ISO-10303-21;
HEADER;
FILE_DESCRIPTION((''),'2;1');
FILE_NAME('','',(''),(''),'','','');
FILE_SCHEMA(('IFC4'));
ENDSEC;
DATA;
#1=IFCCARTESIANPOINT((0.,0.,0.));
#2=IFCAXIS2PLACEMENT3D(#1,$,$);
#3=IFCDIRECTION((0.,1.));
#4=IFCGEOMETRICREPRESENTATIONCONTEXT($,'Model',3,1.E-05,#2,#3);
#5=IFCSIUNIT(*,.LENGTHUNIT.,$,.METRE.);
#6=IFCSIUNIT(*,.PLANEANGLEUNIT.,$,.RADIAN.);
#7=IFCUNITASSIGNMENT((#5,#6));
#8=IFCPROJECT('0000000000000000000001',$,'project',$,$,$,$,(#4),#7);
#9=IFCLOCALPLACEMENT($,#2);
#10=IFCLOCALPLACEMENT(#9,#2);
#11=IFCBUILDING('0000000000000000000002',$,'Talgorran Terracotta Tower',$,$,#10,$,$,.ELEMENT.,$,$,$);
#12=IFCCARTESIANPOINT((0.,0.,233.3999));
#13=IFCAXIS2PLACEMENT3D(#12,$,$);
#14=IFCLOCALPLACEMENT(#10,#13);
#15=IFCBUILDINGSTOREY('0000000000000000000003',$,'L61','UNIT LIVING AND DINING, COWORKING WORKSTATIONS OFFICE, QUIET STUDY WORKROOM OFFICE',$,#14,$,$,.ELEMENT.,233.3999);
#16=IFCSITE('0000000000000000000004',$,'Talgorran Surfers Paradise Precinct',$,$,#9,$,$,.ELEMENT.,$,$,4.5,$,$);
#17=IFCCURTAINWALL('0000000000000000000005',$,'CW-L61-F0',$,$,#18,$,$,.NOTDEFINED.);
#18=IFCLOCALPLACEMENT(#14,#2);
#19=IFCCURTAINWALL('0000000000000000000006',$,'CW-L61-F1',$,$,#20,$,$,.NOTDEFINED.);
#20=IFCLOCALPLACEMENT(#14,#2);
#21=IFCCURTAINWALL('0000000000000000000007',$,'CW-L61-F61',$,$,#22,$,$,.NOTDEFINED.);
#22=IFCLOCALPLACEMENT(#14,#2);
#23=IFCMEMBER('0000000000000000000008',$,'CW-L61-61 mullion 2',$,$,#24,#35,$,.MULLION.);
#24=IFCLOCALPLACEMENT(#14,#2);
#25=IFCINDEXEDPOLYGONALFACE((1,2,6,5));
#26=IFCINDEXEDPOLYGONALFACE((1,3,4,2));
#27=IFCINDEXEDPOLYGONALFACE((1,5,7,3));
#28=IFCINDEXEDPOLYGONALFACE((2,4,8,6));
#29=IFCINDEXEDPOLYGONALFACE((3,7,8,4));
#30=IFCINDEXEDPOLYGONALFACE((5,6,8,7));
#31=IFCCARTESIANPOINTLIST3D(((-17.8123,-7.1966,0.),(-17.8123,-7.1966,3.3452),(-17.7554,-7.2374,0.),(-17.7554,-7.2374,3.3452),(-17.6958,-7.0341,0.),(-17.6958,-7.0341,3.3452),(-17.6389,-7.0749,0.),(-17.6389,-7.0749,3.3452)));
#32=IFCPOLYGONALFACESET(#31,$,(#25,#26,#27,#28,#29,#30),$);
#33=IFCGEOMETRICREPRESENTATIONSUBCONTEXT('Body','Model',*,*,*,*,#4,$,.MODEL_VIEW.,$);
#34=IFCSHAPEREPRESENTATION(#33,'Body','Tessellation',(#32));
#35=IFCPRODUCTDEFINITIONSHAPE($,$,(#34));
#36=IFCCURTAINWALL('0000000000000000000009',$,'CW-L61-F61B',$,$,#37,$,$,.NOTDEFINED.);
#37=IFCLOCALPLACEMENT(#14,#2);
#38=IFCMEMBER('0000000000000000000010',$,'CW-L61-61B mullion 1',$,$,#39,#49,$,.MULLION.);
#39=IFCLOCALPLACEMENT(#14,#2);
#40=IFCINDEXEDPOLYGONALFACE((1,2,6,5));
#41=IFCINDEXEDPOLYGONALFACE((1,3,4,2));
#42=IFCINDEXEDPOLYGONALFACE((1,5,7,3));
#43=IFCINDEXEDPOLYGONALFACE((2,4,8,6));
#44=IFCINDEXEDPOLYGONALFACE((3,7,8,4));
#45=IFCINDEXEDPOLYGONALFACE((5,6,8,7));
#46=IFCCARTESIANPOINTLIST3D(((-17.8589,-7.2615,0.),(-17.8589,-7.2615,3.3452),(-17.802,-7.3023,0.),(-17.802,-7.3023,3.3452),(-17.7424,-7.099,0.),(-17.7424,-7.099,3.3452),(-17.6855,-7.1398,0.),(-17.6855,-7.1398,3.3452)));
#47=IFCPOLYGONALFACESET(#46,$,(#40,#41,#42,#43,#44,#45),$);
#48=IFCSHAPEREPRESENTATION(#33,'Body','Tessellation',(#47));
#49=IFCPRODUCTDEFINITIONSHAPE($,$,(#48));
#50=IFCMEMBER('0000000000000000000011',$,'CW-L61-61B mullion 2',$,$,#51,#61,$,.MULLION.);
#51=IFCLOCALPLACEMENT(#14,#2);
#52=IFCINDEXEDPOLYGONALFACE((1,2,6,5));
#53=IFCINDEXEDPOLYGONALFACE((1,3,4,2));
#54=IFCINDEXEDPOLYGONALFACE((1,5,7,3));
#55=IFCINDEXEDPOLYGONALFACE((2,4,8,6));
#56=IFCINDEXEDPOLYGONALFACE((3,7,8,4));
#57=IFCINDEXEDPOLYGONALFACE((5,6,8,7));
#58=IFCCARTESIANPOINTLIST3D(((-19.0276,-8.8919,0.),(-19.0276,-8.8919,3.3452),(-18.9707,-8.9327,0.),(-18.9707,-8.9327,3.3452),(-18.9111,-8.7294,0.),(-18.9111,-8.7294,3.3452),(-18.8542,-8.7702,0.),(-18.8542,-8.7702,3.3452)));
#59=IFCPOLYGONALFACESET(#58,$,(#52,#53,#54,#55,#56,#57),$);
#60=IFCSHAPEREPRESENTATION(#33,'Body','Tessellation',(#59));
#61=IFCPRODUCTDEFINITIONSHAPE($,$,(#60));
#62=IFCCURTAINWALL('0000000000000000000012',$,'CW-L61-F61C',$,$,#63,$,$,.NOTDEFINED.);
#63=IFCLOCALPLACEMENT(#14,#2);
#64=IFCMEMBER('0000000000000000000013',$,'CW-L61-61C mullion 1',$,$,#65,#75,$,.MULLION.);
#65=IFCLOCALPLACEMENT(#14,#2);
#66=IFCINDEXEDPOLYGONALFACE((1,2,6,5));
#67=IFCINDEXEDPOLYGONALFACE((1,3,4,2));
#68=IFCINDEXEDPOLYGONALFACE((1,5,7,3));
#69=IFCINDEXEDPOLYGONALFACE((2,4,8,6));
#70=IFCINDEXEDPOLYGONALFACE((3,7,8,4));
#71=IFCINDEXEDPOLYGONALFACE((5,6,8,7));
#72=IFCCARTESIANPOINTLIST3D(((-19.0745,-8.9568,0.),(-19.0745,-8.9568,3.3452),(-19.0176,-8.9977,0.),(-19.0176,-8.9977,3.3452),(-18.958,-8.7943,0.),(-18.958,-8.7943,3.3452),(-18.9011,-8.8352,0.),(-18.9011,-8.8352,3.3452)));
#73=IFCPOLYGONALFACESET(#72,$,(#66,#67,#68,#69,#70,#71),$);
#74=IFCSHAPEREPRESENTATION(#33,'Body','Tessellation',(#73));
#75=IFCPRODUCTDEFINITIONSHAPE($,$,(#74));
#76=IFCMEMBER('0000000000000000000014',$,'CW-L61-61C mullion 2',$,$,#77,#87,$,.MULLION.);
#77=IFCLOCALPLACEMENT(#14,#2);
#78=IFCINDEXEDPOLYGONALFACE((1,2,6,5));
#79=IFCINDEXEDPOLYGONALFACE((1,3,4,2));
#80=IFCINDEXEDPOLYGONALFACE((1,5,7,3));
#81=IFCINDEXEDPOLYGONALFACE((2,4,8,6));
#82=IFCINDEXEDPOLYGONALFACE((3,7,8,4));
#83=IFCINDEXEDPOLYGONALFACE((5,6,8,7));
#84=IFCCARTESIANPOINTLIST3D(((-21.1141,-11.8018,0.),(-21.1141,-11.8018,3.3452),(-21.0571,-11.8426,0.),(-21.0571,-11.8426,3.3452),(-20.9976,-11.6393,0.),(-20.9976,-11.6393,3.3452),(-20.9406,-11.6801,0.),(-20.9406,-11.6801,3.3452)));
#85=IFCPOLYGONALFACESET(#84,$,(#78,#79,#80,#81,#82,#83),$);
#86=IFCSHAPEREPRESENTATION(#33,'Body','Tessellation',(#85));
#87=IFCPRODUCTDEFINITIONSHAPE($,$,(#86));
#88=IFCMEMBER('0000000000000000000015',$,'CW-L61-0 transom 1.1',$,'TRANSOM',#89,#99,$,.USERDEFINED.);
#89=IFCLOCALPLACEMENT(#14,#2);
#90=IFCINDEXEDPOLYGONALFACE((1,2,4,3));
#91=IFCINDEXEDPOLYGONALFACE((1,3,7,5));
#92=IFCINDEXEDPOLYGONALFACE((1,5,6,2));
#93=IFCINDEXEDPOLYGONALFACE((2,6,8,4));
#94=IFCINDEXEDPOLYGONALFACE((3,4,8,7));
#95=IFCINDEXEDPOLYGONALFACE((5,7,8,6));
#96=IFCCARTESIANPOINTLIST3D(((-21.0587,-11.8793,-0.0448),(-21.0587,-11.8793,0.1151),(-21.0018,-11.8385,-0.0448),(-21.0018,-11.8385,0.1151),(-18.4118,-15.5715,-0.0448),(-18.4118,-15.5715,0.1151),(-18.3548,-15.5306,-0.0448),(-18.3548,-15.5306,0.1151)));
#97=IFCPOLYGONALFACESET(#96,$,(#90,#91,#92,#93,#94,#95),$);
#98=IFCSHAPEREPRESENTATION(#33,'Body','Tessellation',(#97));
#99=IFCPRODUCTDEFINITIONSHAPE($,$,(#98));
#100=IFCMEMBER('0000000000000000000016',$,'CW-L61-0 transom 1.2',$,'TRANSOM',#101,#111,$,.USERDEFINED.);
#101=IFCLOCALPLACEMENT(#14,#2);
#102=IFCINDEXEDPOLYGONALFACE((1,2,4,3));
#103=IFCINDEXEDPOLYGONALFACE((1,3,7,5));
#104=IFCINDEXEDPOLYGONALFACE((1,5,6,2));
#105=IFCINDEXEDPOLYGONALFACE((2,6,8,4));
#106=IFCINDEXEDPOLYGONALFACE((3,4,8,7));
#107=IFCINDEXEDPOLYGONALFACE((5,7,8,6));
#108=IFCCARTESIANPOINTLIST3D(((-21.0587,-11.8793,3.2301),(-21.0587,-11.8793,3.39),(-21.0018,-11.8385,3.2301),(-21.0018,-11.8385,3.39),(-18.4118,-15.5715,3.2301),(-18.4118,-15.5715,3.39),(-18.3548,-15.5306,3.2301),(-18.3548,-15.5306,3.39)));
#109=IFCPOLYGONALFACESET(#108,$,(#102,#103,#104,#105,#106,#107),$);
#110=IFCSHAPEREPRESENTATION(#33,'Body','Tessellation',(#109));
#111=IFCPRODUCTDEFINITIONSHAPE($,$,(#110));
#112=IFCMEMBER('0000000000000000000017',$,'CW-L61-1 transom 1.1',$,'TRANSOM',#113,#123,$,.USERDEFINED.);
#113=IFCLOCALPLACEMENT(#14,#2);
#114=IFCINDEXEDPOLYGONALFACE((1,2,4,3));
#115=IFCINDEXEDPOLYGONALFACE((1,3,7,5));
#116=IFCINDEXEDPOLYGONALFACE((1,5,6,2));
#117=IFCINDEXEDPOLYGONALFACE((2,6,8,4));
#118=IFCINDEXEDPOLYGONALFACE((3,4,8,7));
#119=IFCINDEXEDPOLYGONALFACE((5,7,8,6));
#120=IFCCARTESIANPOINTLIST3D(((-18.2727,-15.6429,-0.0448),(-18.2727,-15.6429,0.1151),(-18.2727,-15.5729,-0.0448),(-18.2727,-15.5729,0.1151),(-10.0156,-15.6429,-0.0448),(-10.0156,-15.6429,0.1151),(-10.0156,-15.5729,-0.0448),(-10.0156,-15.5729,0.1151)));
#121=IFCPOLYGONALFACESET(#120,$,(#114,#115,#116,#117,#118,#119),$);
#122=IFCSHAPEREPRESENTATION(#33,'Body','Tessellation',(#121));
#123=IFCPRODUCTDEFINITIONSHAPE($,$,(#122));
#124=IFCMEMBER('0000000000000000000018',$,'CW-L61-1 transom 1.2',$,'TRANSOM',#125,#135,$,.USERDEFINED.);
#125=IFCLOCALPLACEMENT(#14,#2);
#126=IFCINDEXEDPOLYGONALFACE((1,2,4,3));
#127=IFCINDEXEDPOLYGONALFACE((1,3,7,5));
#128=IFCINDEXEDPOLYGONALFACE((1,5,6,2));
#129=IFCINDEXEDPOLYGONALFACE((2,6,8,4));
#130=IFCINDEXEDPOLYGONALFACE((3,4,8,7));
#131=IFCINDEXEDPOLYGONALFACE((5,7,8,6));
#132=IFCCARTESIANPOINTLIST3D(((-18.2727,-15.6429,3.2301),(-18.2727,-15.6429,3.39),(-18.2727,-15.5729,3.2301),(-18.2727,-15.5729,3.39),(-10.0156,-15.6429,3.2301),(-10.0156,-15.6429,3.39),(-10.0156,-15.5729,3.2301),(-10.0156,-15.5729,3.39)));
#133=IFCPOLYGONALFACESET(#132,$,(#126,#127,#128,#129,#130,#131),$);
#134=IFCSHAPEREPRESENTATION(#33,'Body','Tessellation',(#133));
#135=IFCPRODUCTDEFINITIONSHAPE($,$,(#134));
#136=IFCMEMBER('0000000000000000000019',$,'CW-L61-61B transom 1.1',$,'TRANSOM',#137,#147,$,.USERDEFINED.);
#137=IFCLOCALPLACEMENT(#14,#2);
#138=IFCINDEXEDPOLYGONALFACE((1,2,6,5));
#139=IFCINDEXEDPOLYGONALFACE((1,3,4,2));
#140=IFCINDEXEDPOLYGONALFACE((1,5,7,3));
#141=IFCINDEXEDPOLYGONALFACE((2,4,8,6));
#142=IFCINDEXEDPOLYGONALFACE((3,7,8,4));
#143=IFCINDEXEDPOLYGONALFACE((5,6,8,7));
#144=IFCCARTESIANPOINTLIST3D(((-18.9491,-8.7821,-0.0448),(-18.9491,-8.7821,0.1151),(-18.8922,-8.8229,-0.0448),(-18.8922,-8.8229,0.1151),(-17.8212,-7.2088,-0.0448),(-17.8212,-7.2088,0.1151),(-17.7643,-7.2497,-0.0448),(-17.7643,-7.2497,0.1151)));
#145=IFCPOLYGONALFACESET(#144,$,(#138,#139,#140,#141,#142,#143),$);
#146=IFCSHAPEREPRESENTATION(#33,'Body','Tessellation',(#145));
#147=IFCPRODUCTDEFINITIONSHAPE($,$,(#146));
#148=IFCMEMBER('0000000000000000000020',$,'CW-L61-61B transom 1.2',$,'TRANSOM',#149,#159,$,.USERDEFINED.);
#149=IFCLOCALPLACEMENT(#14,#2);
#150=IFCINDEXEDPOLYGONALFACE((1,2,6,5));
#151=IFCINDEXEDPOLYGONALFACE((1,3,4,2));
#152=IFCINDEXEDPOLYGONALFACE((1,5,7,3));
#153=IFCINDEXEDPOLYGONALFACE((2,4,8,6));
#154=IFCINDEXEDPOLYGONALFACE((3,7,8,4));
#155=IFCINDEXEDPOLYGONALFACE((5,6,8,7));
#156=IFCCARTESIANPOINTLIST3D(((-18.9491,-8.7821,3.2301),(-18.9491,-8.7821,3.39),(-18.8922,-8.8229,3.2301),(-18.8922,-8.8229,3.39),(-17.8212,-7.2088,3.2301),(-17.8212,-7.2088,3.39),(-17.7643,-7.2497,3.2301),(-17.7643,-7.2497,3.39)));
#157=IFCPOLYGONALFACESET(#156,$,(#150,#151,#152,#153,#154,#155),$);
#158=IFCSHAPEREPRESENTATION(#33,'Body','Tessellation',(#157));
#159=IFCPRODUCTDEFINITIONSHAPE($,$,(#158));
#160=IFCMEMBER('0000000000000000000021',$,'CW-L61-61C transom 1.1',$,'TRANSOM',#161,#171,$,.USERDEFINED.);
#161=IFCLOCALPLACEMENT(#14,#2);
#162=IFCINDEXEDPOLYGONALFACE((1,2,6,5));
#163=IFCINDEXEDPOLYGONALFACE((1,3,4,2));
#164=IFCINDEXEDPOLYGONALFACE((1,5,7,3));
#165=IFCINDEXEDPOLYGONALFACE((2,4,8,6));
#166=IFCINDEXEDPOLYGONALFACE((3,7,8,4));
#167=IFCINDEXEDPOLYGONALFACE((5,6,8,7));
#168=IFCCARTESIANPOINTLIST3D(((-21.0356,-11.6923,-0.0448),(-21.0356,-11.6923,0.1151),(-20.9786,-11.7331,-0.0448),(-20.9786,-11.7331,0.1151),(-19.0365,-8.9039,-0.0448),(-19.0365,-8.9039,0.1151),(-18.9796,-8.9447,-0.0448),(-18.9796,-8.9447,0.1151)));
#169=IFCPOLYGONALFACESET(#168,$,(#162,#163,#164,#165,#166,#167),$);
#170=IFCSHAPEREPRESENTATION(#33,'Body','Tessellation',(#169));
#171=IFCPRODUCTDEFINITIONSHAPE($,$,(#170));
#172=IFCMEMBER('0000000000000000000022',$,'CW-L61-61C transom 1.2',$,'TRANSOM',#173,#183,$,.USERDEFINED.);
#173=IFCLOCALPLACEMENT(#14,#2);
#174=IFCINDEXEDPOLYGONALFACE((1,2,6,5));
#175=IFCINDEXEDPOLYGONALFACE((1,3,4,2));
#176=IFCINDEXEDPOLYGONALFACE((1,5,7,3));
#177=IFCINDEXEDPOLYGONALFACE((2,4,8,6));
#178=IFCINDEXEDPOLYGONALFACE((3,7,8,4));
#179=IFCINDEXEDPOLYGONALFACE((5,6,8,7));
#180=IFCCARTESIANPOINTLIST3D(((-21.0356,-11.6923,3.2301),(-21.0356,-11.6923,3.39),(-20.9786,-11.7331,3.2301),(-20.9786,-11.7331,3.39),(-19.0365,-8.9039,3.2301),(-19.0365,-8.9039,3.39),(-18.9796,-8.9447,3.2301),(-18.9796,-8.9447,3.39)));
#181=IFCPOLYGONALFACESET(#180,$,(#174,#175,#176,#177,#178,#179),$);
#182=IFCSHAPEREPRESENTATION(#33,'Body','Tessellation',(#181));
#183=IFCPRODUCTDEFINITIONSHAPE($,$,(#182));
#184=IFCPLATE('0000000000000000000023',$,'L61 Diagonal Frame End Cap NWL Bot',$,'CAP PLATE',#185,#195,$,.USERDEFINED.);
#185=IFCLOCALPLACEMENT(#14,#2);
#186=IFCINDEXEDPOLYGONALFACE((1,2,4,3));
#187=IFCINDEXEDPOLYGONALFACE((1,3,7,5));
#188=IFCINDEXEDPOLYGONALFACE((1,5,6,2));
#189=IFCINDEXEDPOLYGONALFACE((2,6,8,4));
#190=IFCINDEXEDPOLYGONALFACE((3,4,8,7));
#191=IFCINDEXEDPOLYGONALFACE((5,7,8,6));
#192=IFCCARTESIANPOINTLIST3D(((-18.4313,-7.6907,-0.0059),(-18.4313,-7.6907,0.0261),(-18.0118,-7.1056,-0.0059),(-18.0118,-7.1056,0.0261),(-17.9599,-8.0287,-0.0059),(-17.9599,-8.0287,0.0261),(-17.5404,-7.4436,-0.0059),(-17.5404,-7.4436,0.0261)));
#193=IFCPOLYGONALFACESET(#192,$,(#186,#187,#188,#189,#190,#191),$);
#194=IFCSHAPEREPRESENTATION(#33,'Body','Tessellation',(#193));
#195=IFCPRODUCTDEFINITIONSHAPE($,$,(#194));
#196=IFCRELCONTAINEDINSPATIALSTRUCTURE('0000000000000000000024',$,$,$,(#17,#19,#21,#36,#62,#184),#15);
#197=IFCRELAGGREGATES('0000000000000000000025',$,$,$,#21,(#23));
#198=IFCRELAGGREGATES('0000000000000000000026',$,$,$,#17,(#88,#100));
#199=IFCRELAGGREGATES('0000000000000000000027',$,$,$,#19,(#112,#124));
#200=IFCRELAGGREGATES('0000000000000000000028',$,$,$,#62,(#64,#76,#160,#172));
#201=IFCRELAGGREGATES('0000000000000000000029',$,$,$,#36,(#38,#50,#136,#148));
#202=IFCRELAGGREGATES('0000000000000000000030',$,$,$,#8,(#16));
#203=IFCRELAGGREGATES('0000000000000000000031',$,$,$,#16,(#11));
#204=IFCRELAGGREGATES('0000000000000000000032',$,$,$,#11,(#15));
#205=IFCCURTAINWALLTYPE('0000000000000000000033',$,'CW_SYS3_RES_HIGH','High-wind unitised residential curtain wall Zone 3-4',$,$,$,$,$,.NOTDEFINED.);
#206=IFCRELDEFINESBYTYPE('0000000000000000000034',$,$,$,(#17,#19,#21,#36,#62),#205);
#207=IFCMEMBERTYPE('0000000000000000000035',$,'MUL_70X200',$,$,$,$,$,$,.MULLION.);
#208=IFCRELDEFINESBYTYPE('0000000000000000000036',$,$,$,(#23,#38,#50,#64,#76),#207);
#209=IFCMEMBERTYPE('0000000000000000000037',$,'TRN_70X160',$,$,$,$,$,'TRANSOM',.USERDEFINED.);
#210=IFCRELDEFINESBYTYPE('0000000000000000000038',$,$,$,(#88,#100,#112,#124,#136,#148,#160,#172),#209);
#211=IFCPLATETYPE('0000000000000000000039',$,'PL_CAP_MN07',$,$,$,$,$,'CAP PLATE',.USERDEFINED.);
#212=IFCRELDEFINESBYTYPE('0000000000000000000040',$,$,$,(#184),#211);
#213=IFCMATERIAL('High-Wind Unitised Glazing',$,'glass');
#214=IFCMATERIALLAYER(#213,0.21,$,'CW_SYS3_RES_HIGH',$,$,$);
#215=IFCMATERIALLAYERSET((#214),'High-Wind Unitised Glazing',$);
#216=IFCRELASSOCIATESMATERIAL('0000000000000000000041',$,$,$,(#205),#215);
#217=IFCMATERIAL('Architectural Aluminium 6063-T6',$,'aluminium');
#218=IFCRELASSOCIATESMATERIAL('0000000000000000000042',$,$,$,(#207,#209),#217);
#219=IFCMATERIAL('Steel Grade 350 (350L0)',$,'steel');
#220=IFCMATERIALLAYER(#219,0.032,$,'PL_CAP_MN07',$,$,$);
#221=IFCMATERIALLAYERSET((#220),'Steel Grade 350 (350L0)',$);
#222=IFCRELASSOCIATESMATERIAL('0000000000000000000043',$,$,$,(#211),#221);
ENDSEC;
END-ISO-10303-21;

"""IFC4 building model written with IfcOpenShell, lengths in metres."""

from ifc_helpers import new_model, si_unit, direction, frame, origin, origin_2d, place, context, subcontext, project, spatial, rectangle, extrude, material, layer, layer_set, material_profile, profile_set, type_object, element, aggregate, save


model = new_model("IFC4")

# Units and contexts
model_context = context("Model", 3, precision=1e-05, world=origin(), true_north=direction((0.0, 1.0)))
body_context = subcontext(model_context, "Body", "Model", "MODEL_VIEW")
ifc_project = project(units=[si_unit("LENGTHUNIT", "METRE"), si_unit("PLANEANGLEUNIT", "RADIAN")], contexts=[model_context])

# Site, building, storey
site_placement = place(None, origin())
site = spatial("IfcSite", under=ifc_project, at=site_placement, Name="Talgorran Surfers Paradise Precinct", CompositionType="ELEMENT", RefElevation=4.5)
building_placement = place(site_placement, origin())
building = spatial("IfcBuilding", under=site, at=building_placement, Name="Talgorran Terracotta Tower", CompositionType="ELEMENT")
storey_placement = place(building_placement, frame((0.0, 0.0, 233.3999)))
storey = spatial("IfcBuildingStorey", under=building, at=storey_placement, Name="L61", Description="UNIT LIVING AND DINING, COWORKING WORKSTATIONS OFFICE, QUIET STUDY WORKROOM OFFICE", CompositionType="ELEMENT", Elevation=233.3999)

# Shared definitions
ifc_material_1 = material(Name="Steel Grade 350 (350L0)", Category="steel")

# Curtain wall
ifc_material_2 = material(Name="High-Wind Unitised Glazing", Category="glass")
ifc_layer_1 = layer(ifc_material_2, 0.21, Name="CW_SYS3_RES_HIGH")
ifc_layer_set_1 = layer_set([ifc_layer_1], Name="High-Wind Unitised Glazing")
curtain_wall_type = type_object("IfcCurtainWallType", Name="CW_SYS3_RES_HIGH", Description="High-wind unitised residential curtain wall Zone 3-4", PredefinedType="NOTDEFINED", material=ifc_layer_set_1)
curtain_wall_1_placement = place(storey_placement, origin())
curtain_wall_1 = element("IfcCurtainWall", 1, at=curtain_wall_1_placement, inside=storey, type_object=curtain_wall_type, Name="CW-L61-F0", PredefinedType="NOTDEFINED")
ifc_material_3 = material(Name="Architectural Aluminium 6063-T6", Category="aluminium")
ifc_material_profile_1 = material_profile(ifc_material_3, rectangle(XDim=0.0701, YDim=0.2, at=origin_2d()), Name="CWM70X200")
ifc_profile_set_1 = profile_set([ifc_material_profile_1], Name="Architectural Aluminium 6063-T6")
member_type_1 = type_object("IfcMemberType", Name="MUL_70X200", PredefinedType="MULLION", material=ifc_profile_set_1)

# Curtain walls, member
curtain_wall_2_placement = place(storey_placement, origin())
curtain_wall_2 = element("IfcCurtainWall", 2, at=curtain_wall_2_placement, inside=storey, type_object=curtain_wall_type, Name="CW-L61-F1", PredefinedType="NOTDEFINED")
curtain_wall_3_placement = place(storey_placement, origin())
curtain_wall_3 = element("IfcCurtainWall", 3, at=curtain_wall_3_placement, inside=storey, type_object=curtain_wall_type, Name="CW-L61-F61", PredefinedType="NOTDEFINED")
member_1_placement = place(storey_placement, frame((-17.7256, -7.1357, 0.0), z_axis=(0.0, 0.0, 1.0), x_axis=(0.812711, -0.582667, 0.0)))
member_1 = element("IfcMember", 4, at=member_1_placement, type_object=member_type_1, Name="CW-L61-61 mullion 2", PredefinedType="MULLION", context=body_context, shape_type="SweptSolid", body=[
    extrude(rectangle(XDim=0.0701, YDim=0.2, at=origin_2d()), origin(), (0.0, 0.0, 1.0), 3.3452),
])
aggregate(curtain_wall_3, [member_1])

# Curtain walls, members
curtain_wall_4_placement = place(storey_placement, origin())
curtain_wall_4 = element("IfcCurtainWall", 5, at=curtain_wall_4_placement, inside=storey, type_object=curtain_wall_type, Name="CW-L61-F61B", PredefinedType="NOTDEFINED")
member_2_placement = place(storey_placement, frame((-17.7722, -7.2007, 0.0), z_axis=(0.0, 0.0, 1.0), x_axis=(0.812723, -0.58265, 0.0)))
member_2 = element("IfcMember", 6, at=member_2_placement, type_object=member_type_1, Name="CW-L61-61B mullion 1", PredefinedType="MULLION", context=body_context, shape_type="SweptSolid", body=[
    extrude(rectangle(XDim=0.0701, YDim=0.2, at=origin_2d()), origin(), (0.0, 0.0, 1.0), 3.3452),
])
member_3_placement = place(storey_placement, frame((-18.9409, -8.8311, 0.0), z_axis=(0.0, 0.0, 1.0), x_axis=(0.812723, -0.58265, 0.0)))
member_3 = element("IfcMember", 7, at=member_3_placement, type_object=member_type_1, Name="CW-L61-61B mullion 2", PredefinedType="MULLION", context=body_context, shape_type="SweptSolid", body=[
    extrude(rectangle(XDim=0.0701, YDim=0.2, at=origin_2d()), origin(), (0.0, 0.0, 1.0), 3.3452),
])
curtain_wall_5_placement = place(storey_placement, origin())
curtain_wall_5 = element("IfcCurtainWall", 8, at=curtain_wall_5_placement, inside=storey, type_object=curtain_wall_type, Name="CW-L61-F61C", PredefinedType="NOTDEFINED")
member_4_placement = place(storey_placement, frame((-18.9878, -8.896, 0.0), z_axis=(0.0, 0.0, 1.0), x_axis=(0.81272, -0.582655, 0.0)))
member_4 = element("IfcMember", 9, at=member_4_placement, type_object=member_type_1, Name="CW-L61-61C mullion 1", PredefinedType="MULLION", context=body_context, shape_type="SweptSolid", body=[
    extrude(rectangle(XDim=0.0701, YDim=0.2, at=origin_2d()), origin(), (0.0, 0.0, 1.0), 3.3452),
])
member_5_placement = place(storey_placement, frame((-21.0273, -11.741, 0.0), z_axis=(0.0, 0.0, 1.0), x_axis=(0.81272, -0.582655, 0.0)))
member_5 = element("IfcMember", 10, at=member_5_placement, type_object=member_type_1, Name="CW-L61-61C mullion 2", PredefinedType="MULLION", context=body_context, shape_type="SweptSolid", body=[
    extrude(rectangle(XDim=0.0701, YDim=0.2, at=origin_2d()), origin(), (0.0, 0.0, 1.0), 3.3452),
])

# Members
ifc_material_profile_2 = material_profile(ifc_material_3, rectangle(XDim=0.0701, YDim=0.1599, at=origin_2d()), Name="CWT70X160")
ifc_profile_set_2 = profile_set([ifc_material_profile_2], Name="Architectural Aluminium 6063-T6")
member_type_2 = type_object("IfcMemberType", Name="TRN_70X160", ElementType="TRANSOM", PredefinedType="USERDEFINED", material=ifc_profile_set_2)
member_6_placement = place(storey_placement, frame((-21.0303, -11.8589, 0.0352), z_axis=(0.582656, -0.812719, 0.0), x_axis=(0.812719, 0.582656, 0.0)))
member_6 = element("IfcMember", 11, at=member_6_placement, type_object=member_type_2, Name="CW-L61-0 transom 1.1", ObjectType="TRANSOM", PredefinedType="USERDEFINED", context=body_context, shape_type="SweptSolid", body=[
    extrude(rectangle(XDim=0.0701, YDim=0.1599, at=origin_2d()), origin(), (0.0, 0.0, 1.0), 4.543),
])
member_7_placement = place(storey_placement, frame((-21.0303, -11.8589, 3.3101), z_axis=(0.582656, -0.812719, 0.0), x_axis=(0.812719, 0.582656, 0.0)))
member_7 = element("IfcMember", 12, at=member_7_placement, type_object=member_type_2, Name="CW-L61-0 transom 1.2", ObjectType="TRANSOM", PredefinedType="USERDEFINED", context=body_context, shape_type="SweptSolid", body=[
    extrude(rectangle(XDim=0.0701, YDim=0.1599, at=origin_2d()), origin(), (0.0, 0.0, 1.0), 4.543),
])
member_8_placement = place(storey_placement, frame((-18.2727, -15.6079, 0.0352), z_axis=(1.0, 0.0, 0.0), x_axis=(0.0, 1.0, 0.0)))
member_8 = element("IfcMember", 13, at=member_8_placement, type_object=member_type_2, Name="CW-L61-1 transom 1.1", ObjectType="TRANSOM", PredefinedType="USERDEFINED", context=body_context, shape_type="SweptSolid", body=[
    extrude(rectangle(XDim=0.0701, YDim=0.1599, at=origin_2d()), origin(), (0.0, 0.0, 1.0), 8.2571),
])
member_9_placement = place(storey_placement, frame((-18.2727, -15.6079, 3.3101), z_axis=(1.0, 0.0, 0.0), x_axis=(0.0, 1.0, 0.0)))
member_9 = element("IfcMember", 14, at=member_9_placement, type_object=member_type_2, Name="CW-L61-1 transom 1.2", ObjectType="TRANSOM", PredefinedType="USERDEFINED", context=body_context, shape_type="SweptSolid", body=[
    extrude(rectangle(XDim=0.0701, YDim=0.1599, at=origin_2d()), origin(), (0.0, 0.0, 1.0), 8.2571),
])
member_10_placement = place(storey_placement, frame((-17.7927, -7.2292, 0.0352), z_axis=(-0.582669, -0.81271, 0.0), x_axis=(0.81271, -0.582669, 0.0)))
member_10 = element("IfcMember", 15, at=member_10_placement, type_object=member_type_2, Name="CW-L61-61B transom 1.1", ObjectType="TRANSOM", PredefinedType="USERDEFINED", context=body_context, shape_type="SweptSolid", body=[
    extrude(rectangle(XDim=0.0701, YDim=0.1599, at=origin_2d()), origin(), (0.0, 0.0, 1.0), 1.9358),
])
member_11_placement = place(storey_placement, frame((-17.7927, -7.2292, 3.3101), z_axis=(-0.582669, -0.81271, 0.0), x_axis=(0.81271, -0.582669, 0.0)))
member_11 = element("IfcMember", 16, at=member_11_placement, type_object=member_type_2, Name="CW-L61-61B transom 1.2", ObjectType="TRANSOM", PredefinedType="USERDEFINED", context=body_context, shape_type="SweptSolid", body=[
    extrude(rectangle(XDim=0.0701, YDim=0.1599, at=origin_2d()), origin(), (0.0, 0.0, 1.0), 1.9358),
])
member_12_placement = place(storey_placement, frame((-19.0081, -8.9243, 0.0352), z_axis=(-0.582658, -0.812718, 0.0), x_axis=(0.812718, -0.582658, 0.0)))
member_12 = element("IfcMember", 17, at=member_12_placement, type_object=member_type_2, Name="CW-L61-61C transom 1.1", ObjectType="TRANSOM", PredefinedType="USERDEFINED", context=body_context, shape_type="SweptSolid", body=[
    extrude(rectangle(XDim=0.0701, YDim=0.1599, at=origin_2d()), origin(), (0.0, 0.0, 1.0), 3.4309),
])
member_13_placement = place(storey_placement, frame((-19.0081, -8.9243, 3.3101), z_axis=(-0.582658, -0.812718, 0.0), x_axis=(0.812718, -0.582658, 0.0)))
member_13 = element("IfcMember", 18, at=member_13_placement, type_object=member_type_2, Name="CW-L61-61C transom 1.2", ObjectType="TRANSOM", PredefinedType="USERDEFINED", context=body_context, shape_type="SweptSolid", body=[
    extrude(rectangle(XDim=0.0701, YDim=0.1599, at=origin_2d()), origin(), (0.0, 0.0, 1.0), 3.4309),
])

# Plate
ifc_layer_2 = layer(ifc_material_1, 0.032, Name="PL_CAP_MN07")
ifc_layer_set_2 = layer_set([ifc_layer_2], Name="Steel Grade 350 (350L0)")
plate_type_1 = type_object("IfcPlateType", Name="PL_CAP_MN07", ElementType="CAP PLATE", PredefinedType="USERDEFINED", material=ifc_layer_set_2)
for number, where, z_axis, x_axis, name in (
    (19, (-17.9858, -7.5671, -0.0059), (0.0, 0.0, 1.0), (-0.58269, -0.812694, 0.0), "L61 Diagonal Frame End Cap NWL Bot"),
):
    element("IfcPlate", number, at=place(storey_placement, frame(where, z_axis=z_axis, x_axis=x_axis)), inside=storey, type_object=plate_type_1, Name=name, ObjectType="CAP PLATE", PredefinedType="USERDEFINED", context=body_context, shape_type="SweptSolid", body=[
        extrude(rectangle(XDim=0.72, YDim=0.5801, at=origin_2d()), origin(), (0.0, 0.0, 1.0), 0.032),
    ])

aggregate(curtain_wall_1, [member_6, member_7])
aggregate(curtain_wall_2, [member_8, member_9])
aggregate(curtain_wall_5, [member_4, member_5, member_12, member_13])
aggregate(curtain_wall_4, [member_2, member_3, member_10, member_11])

save(model, "model.ifc")
